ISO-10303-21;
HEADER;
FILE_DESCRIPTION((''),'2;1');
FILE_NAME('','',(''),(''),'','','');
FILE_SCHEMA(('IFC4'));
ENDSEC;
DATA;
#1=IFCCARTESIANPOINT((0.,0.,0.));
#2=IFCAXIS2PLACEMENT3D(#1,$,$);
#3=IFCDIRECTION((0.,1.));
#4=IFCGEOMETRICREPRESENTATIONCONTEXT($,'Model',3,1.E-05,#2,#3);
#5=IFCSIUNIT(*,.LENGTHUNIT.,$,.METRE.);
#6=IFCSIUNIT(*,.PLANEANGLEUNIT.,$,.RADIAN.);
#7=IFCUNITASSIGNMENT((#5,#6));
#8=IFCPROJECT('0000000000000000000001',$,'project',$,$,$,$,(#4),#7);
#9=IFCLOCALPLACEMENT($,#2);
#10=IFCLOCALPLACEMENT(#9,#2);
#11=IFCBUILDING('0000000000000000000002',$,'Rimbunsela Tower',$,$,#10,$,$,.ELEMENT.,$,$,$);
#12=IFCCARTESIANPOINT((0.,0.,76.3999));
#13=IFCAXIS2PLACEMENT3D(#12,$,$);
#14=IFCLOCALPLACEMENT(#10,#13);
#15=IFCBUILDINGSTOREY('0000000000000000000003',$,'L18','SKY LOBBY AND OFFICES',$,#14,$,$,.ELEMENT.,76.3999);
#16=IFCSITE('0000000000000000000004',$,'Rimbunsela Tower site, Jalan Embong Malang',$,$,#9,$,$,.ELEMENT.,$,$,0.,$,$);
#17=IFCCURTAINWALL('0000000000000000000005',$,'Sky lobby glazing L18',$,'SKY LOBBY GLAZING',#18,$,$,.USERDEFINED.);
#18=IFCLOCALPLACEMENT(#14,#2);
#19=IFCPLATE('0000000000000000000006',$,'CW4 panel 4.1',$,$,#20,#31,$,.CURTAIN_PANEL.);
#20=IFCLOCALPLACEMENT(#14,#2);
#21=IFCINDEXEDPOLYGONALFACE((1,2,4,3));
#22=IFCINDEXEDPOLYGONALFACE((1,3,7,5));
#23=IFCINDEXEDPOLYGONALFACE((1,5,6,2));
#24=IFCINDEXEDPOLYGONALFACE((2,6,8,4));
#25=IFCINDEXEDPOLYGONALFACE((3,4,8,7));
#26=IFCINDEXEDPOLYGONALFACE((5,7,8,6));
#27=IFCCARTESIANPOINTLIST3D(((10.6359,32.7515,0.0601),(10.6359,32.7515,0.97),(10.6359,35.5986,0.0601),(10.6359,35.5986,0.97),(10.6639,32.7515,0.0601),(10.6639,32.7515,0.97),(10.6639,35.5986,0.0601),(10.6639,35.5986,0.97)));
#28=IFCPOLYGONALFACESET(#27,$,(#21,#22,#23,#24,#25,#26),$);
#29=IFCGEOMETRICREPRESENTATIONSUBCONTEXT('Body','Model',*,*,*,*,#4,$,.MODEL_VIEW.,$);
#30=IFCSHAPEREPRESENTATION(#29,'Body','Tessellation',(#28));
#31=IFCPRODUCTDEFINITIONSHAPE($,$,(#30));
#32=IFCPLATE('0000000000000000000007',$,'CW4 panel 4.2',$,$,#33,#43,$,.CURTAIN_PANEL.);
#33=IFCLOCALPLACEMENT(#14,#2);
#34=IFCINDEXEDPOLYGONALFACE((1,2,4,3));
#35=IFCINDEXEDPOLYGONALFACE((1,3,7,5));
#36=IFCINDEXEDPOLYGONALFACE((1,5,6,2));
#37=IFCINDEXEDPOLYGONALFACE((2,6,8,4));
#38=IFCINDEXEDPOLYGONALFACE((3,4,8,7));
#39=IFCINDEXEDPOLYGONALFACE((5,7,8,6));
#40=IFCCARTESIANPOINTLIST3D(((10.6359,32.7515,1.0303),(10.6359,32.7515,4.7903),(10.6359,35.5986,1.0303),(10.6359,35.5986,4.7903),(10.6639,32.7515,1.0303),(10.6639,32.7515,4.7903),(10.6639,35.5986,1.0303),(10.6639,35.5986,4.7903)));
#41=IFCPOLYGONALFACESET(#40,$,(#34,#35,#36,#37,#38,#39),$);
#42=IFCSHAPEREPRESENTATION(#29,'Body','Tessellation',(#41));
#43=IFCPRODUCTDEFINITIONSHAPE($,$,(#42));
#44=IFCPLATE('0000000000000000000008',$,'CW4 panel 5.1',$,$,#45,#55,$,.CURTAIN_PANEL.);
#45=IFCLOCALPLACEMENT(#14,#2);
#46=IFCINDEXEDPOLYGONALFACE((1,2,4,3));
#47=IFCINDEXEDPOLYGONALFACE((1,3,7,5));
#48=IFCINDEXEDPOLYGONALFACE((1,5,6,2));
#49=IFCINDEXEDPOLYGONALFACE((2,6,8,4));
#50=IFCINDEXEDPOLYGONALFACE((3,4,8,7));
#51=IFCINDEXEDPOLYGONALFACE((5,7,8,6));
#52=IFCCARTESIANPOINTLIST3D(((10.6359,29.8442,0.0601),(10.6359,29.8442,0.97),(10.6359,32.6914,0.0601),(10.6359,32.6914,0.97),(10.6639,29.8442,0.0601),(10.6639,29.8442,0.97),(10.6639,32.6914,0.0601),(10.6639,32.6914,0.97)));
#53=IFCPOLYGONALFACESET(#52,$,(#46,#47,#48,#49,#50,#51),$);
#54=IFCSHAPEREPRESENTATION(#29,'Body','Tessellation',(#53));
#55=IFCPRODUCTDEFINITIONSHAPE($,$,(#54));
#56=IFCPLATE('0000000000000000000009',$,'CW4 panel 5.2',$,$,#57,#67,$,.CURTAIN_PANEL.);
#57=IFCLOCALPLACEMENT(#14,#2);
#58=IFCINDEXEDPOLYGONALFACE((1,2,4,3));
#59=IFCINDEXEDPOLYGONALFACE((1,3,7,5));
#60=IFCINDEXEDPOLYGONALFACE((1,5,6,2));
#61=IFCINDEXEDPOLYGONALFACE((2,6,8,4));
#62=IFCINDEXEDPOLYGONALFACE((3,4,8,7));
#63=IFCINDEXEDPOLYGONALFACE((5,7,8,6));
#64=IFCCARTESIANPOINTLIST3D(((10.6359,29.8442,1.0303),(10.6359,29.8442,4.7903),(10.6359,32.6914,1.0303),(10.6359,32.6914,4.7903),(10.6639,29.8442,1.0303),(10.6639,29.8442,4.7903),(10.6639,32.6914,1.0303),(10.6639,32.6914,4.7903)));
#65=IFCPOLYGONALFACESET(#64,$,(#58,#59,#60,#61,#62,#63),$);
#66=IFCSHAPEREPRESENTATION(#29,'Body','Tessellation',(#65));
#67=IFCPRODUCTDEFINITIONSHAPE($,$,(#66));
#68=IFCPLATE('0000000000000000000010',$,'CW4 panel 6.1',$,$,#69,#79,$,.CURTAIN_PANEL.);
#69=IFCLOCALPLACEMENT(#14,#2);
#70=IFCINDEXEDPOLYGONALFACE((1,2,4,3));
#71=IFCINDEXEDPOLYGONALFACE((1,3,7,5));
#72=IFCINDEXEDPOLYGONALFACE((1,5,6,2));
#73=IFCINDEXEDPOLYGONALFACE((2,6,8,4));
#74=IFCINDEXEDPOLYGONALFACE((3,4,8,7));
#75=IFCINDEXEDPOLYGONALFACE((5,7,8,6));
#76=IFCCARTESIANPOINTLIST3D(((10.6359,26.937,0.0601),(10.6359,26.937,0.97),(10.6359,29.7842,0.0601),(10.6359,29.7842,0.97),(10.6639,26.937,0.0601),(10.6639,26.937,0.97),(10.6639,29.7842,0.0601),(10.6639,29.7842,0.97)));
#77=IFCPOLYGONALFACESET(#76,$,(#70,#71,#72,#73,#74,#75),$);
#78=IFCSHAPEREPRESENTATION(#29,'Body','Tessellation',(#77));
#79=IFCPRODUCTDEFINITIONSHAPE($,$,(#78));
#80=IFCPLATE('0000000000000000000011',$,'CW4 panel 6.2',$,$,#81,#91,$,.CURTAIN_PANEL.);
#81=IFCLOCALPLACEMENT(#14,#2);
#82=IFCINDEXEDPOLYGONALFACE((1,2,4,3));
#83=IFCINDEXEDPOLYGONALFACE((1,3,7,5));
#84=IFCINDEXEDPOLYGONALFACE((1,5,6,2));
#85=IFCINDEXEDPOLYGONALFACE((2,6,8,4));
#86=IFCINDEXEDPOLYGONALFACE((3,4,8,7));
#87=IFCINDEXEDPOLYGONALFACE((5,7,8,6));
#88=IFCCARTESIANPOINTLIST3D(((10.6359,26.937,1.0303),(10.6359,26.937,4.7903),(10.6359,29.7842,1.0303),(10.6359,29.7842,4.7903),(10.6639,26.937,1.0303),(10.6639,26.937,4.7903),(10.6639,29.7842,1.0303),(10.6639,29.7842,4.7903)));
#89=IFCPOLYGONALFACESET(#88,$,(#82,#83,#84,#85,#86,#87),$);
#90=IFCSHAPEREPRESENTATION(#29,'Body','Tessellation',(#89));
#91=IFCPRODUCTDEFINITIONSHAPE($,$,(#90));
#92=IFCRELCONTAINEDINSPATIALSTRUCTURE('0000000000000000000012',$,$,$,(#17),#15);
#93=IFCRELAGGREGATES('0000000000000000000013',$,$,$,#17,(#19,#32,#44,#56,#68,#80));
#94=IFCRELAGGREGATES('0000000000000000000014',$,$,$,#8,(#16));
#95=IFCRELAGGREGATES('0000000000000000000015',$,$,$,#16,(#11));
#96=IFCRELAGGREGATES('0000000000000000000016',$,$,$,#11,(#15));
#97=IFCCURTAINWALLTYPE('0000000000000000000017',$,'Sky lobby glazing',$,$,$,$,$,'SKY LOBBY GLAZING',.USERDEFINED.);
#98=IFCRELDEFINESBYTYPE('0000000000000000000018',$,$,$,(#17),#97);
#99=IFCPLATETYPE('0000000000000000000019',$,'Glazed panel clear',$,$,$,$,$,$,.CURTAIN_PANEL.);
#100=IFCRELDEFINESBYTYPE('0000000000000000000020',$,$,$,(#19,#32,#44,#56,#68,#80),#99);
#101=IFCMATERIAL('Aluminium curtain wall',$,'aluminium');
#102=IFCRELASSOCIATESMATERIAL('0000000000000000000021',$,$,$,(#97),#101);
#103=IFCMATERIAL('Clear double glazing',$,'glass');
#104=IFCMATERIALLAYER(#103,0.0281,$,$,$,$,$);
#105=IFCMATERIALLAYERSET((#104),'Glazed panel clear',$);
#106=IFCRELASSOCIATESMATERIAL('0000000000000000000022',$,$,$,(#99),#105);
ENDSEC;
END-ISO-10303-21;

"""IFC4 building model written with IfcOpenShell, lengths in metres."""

from ifc_helpers import new_model, si_unit, direction, frame, origin, origin_2d, place, context, subcontext, project, spatial, rectangle, extrude, material, layer, layer_set, type_object, element, aggregate, save


model = new_model("IFC4")

# Units and contexts
model_context = context("Model", 3, precision=1e-05, world=origin(), true_north=direction((0.0, 1.0)))
body_context = subcontext(model_context, "Body", "Model", "MODEL_VIEW")
ifc_project = project(units=[si_unit("LENGTHUNIT", "METRE"), si_unit("PLANEANGLEUNIT", "RADIAN")], contexts=[model_context])

# Site, building, storey
site_placement = place(None, origin())
site = spatial("IfcSite", under=ifc_project, at=site_placement, Name="Rimbunsela Tower site, Jalan Embong Malang", CompositionType="ELEMENT", RefElevation=0.0)
building_placement = place(site_placement, origin())
building = spatial("IfcBuilding", under=site, at=building_placement, Name="Rimbunsela Tower", CompositionType="ELEMENT")
storey_placement = place(building_placement, frame((0.0, 0.0, 76.3999)))
storey = spatial("IfcBuildingStorey", under=building, at=storey_placement, Name="L18", Description="SKY LOBBY AND OFFICES", CompositionType="ELEMENT", Elevation=76.3999)

# Curtain wall, plates
ifc_material_1 = material(Name="Aluminium curtain wall", Category="aluminium")
curtain_wall_type = type_object("IfcCurtainWallType", Name="Sky lobby glazing", ElementType="SKY LOBBY GLAZING", PredefinedType="USERDEFINED", material=ifc_material_1)
curtain_wall_placement = place(storey_placement, origin())
curtain_wall = element("IfcCurtainWall", 1, at=curtain_wall_placement, inside=storey, type_object=curtain_wall_type, Name="Sky lobby glazing L18", ObjectType="SKY LOBBY GLAZING", PredefinedType="USERDEFINED")
ifc_material_2 = material(Name="Clear double glazing", Category="glass")
ifc_layer = layer(ifc_material_2, 0.0281)
ifc_layer_set = layer_set([ifc_layer], Name="Glazed panel clear")
plate_type = type_object("IfcPlateType", Name="Glazed panel clear", PredefinedType="CURTAIN_PANEL", material=ifc_layer_set)
plate_1_placement = place(storey_placement, frame((10.6499, 34.175, 0.0601), z_axis=(0.0, 0.0, 1.0), x_axis=(0.0, -1.0, 0.0)))
plate_1 = element("IfcPlate", 2, at=plate_1_placement, type_object=plate_type, Name="CW4 panel 4.1", PredefinedType="CURTAIN_PANEL", context=body_context, shape_type="SweptSolid", body=[
    extrude(rectangle(XDim=2.8472, YDim=0.0281, at=origin_2d()), origin(), (0.0, 0.0, 1.0), 0.9099),
])
plate_2_placement = place(storey_placement, frame((10.6499, 34.175, 1.0303), z_axis=(0.0, 0.0, 1.0), x_axis=(0.0, -1.0, 0.0)))
plate_2 = element("IfcPlate", 3, at=plate_2_placement, type_object=plate_type, Name="CW4 panel 4.2", PredefinedType="CURTAIN_PANEL", context=body_context, shape_type="SweptSolid", body=[
    extrude(rectangle(XDim=2.8472, YDim=0.0281, at=origin_2d()), origin(), (0.0, 0.0, 1.0), 3.76),
])
plate_3_placement = place(storey_placement, frame((10.6499, 31.2678, 0.0601), z_axis=(0.0, 0.0, 1.0), x_axis=(0.0, -1.0, 0.0)))
plate_3 = element("IfcPlate", 4, at=plate_3_placement, type_object=plate_type, Name="CW4 panel 5.1", PredefinedType="CURTAIN_PANEL", context=body_context, shape_type="SweptSolid", body=[
    extrude(rectangle(XDim=2.8472, YDim=0.0281, at=origin_2d()), origin(), (0.0, 0.0, 1.0), 0.9099),
])
plate_4_placement = place(storey_placement, frame((10.6499, 31.2678, 1.0303), z_axis=(0.0, 0.0, 1.0), x_axis=(0.0, -1.0, 0.0)))
plate_4 = element("IfcPlate", 5, at=plate_4_placement, type_object=plate_type, Name="CW4 panel 5.2", PredefinedType="CURTAIN_PANEL", context=body_context, shape_type="SweptSolid", body=[
    extrude(rectangle(XDim=2.8472, YDim=0.0281, at=origin_2d()), origin(), (0.0, 0.0, 1.0), 3.76),
])
plate_5_placement = place(storey_placement, frame((10.6499, 28.3606, 0.0601), z_axis=(0.0, 0.0, 1.0), x_axis=(0.0, -1.0, 0.0)))
plate_5 = element("IfcPlate", 6, at=plate_5_placement, type_object=plate_type, Name="CW4 panel 6.1", PredefinedType="CURTAIN_PANEL", context=body_context, shape_type="SweptSolid", body=[
    extrude(rectangle(XDim=2.8472, YDim=0.0281, at=origin_2d()), origin(), (0.0, 0.0, 1.0), 0.9099),
])
plate_6_placement = place(storey_placement, frame((10.6499, 28.3606, 1.0303), z_axis=(0.0, 0.0, 1.0), x_axis=(0.0, -1.0, 0.0)))
plate_6 = element("IfcPlate", 7, at=plate_6_placement, type_object=plate_type, Name="CW4 panel 6.2", PredefinedType="CURTAIN_PANEL", context=body_context, shape_type="SweptSolid", body=[
    extrude(rectangle(XDim=2.8472, YDim=0.0281, at=origin_2d()), origin(), (0.0, 0.0, 1.0), 3.76),
])
aggregate(curtain_wall, [plate_1, plate_2, plate_3, plate_4, plate_5, plate_6])

save(model, "model.ifc")
